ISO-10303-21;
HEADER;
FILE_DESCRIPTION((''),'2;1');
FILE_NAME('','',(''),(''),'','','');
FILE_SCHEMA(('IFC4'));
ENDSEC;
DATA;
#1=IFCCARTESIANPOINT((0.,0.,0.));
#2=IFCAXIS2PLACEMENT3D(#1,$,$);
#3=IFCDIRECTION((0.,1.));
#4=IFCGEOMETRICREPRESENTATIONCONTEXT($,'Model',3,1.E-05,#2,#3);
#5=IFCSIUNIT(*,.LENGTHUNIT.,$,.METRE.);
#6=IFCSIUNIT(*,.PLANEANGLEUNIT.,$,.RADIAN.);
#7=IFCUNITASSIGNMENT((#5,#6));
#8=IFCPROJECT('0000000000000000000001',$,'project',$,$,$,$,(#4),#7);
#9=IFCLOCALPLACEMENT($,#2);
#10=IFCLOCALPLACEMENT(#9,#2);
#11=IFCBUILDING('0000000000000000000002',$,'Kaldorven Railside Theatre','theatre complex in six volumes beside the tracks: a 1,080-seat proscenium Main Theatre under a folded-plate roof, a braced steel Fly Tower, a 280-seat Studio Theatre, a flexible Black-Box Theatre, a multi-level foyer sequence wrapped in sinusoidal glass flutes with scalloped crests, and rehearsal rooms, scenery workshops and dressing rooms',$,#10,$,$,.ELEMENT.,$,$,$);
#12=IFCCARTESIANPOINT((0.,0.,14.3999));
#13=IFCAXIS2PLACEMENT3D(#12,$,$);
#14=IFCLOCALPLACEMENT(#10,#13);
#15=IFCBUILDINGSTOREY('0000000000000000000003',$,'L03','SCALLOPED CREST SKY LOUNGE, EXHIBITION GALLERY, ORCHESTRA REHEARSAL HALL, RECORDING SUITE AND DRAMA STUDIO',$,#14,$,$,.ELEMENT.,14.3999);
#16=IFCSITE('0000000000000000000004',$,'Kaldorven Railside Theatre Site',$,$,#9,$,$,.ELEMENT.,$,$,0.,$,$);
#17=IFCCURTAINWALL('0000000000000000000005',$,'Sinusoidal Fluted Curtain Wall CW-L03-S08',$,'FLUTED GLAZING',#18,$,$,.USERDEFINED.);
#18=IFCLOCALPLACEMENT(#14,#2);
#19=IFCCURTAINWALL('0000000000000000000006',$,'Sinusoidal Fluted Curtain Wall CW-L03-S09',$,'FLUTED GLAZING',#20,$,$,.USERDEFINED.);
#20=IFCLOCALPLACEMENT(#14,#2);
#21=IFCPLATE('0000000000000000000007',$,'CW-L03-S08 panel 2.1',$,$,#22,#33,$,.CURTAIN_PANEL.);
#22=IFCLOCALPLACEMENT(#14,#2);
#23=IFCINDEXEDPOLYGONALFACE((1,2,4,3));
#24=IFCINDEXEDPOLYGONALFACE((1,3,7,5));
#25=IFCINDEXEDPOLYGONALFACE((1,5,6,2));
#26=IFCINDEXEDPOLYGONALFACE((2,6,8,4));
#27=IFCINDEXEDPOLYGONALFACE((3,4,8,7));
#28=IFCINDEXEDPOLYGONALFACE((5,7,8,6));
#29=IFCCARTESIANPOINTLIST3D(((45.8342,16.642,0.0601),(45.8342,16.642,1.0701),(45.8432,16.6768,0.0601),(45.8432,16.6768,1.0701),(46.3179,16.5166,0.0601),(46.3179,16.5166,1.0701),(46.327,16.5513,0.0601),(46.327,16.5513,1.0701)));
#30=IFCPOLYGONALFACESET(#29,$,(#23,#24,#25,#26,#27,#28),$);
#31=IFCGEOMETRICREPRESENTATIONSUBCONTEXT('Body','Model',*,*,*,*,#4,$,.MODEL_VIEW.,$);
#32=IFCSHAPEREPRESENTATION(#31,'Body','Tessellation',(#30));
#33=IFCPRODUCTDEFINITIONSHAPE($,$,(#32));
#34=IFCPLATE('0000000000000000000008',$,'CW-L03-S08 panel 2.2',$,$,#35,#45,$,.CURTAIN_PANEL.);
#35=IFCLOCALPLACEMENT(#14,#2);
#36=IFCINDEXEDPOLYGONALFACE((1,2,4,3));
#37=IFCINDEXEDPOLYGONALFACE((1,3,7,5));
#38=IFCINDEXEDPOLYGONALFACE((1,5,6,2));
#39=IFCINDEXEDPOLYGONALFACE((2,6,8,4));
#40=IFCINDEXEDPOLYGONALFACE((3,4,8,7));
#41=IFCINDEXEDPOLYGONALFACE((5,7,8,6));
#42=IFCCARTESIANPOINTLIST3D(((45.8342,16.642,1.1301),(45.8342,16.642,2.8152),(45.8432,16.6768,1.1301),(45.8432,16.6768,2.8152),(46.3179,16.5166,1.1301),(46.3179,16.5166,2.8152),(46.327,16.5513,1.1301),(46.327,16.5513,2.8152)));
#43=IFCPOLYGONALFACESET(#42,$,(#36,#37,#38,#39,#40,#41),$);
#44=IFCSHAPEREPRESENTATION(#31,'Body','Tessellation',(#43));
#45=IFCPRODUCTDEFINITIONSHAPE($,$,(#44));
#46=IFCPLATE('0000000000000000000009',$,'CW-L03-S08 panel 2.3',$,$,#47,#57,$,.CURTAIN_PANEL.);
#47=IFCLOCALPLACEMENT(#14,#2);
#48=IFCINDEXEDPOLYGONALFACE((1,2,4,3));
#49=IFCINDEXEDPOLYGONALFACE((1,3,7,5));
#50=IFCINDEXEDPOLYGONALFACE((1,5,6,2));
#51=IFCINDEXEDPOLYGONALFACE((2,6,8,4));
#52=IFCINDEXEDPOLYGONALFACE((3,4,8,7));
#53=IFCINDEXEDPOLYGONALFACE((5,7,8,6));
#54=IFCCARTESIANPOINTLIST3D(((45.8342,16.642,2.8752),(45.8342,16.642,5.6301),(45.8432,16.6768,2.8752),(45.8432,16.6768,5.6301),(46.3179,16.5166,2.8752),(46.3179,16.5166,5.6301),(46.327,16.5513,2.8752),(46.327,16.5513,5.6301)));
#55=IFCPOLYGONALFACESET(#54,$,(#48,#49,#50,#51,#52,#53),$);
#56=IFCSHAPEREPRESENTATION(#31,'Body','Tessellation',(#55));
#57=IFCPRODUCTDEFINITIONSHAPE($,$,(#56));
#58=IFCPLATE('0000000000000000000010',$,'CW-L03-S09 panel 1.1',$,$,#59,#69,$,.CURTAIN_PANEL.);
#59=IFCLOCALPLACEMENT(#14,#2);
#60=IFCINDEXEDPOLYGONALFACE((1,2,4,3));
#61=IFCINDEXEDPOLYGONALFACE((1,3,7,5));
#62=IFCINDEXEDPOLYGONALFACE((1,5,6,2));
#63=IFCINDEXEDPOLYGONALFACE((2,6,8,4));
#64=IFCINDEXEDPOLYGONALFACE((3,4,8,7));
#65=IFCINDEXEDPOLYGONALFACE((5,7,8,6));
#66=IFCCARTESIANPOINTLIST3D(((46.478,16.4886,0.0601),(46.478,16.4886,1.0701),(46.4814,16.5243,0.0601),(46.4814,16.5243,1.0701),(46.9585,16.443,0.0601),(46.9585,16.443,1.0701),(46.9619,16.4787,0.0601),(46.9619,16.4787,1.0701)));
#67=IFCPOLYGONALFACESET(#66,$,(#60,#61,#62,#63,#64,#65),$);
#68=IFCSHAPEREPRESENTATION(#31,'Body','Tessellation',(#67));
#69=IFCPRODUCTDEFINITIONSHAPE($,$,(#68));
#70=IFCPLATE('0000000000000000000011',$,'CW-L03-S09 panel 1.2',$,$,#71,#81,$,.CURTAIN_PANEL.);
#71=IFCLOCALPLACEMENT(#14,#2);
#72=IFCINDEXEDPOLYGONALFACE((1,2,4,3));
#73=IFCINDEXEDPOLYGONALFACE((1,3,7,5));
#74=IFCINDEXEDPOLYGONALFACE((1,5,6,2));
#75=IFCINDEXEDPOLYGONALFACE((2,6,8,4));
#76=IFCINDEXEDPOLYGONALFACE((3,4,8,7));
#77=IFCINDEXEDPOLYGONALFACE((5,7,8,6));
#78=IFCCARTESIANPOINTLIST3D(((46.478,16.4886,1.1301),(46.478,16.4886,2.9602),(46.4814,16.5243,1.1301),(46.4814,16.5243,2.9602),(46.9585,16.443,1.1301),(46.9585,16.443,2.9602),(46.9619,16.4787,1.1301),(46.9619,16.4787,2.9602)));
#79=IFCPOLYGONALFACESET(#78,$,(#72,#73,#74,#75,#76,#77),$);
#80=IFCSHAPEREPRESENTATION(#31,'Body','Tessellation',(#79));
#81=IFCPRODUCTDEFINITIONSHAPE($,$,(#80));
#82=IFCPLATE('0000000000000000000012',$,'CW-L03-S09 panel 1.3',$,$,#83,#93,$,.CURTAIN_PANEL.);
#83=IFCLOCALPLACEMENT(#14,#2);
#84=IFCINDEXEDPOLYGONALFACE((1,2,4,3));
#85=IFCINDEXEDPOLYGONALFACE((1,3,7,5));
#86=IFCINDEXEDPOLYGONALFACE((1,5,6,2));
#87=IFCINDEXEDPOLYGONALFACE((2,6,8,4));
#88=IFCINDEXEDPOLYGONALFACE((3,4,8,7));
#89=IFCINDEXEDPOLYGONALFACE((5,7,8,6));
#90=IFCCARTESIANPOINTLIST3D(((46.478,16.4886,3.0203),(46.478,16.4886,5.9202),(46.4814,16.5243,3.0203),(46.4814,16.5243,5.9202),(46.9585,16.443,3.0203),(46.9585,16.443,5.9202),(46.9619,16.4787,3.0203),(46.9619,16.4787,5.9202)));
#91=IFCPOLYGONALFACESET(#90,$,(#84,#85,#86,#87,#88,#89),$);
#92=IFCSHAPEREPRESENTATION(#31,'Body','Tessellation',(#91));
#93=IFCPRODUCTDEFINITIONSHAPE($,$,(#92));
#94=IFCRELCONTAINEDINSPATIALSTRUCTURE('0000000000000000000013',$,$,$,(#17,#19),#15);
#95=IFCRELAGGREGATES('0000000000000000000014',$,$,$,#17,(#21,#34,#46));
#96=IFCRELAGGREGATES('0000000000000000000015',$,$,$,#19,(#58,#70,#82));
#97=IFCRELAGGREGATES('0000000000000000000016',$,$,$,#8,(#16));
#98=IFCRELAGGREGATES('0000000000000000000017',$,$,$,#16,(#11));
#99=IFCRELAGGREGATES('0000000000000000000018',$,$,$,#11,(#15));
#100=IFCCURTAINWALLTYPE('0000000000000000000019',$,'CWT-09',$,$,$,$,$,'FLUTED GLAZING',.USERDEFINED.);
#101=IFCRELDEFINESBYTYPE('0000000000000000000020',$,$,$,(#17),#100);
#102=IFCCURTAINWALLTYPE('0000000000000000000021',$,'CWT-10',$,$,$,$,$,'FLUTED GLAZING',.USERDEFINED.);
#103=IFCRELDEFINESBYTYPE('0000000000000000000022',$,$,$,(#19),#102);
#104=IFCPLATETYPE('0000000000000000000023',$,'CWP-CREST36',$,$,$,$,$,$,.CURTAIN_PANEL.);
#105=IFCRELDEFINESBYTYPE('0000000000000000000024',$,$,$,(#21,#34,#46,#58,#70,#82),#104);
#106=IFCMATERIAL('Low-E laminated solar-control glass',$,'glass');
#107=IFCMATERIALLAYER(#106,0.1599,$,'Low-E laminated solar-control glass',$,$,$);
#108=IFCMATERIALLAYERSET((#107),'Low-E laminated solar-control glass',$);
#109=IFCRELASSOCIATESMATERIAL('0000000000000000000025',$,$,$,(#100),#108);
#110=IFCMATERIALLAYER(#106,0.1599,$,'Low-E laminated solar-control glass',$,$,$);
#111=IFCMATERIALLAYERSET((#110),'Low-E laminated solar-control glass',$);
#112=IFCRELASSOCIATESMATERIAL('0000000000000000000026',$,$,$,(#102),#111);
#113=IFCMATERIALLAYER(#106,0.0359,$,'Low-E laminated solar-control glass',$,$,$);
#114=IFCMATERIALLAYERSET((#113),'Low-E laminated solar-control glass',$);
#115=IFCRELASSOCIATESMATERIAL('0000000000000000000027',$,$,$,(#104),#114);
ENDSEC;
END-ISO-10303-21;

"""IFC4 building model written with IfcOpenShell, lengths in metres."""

from ifc_helpers import new_model, si_unit, direction, frame, origin, origin_2d, place, context, subcontext, project, spatial, rectangle, extrude, material, layer, layer_set, type_object, element, aggregate, save


model = new_model("IFC4")

# Units and contexts
model_context = context("Model", 3, precision=1e-05, world=origin(), true_north=direction((0.0, 1.0)))
body_context = subcontext(model_context, "Body", "Model", "MODEL_VIEW")
ifc_project = project(units=[si_unit("LENGTHUNIT", "METRE"), si_unit("PLANEANGLEUNIT", "RADIAN")], contexts=[model_context])

# Site, building, storey
site_placement = place(None, origin())
site = spatial("IfcSite", under=ifc_project, at=site_placement, Name="Kaldorven Railside Theatre Site", CompositionType="ELEMENT", RefElevation=0.0)
building_placement = place(site_placement, origin())
building = spatial("IfcBuilding", under=site, at=building_placement, Name="Kaldorven Railside Theatre", Description="theatre complex in six volumes beside the tracks: a 1,080-seat proscenium Main Theatre under a folded-plate roof, a braced steel Fly Tower, a 280-seat Studio Theatre, a flexible Black-Box Theatre, a multi-level foyer sequence wrapped in sinusoidal glass flutes with scalloped crests, and rehearsal rooms, scenery workshops and dressing rooms", CompositionType="ELEMENT")
storey_placement = place(building_placement, frame((0.0, 0.0, 14.3999)))
storey = spatial("IfcBuildingStorey", under=building, at=storey_placement, Name="L03", Description="SCALLOPED CREST SKY LOUNGE, EXHIBITION GALLERY, ORCHESTRA REHEARSAL HALL, RECORDING SUITE AND DRAMA STUDIO", CompositionType="ELEMENT", Elevation=14.3999)

# Curtain wall
ifc_material_1 = material(Name="Low-E laminated solar-control glass", Category="glass")
ifc_layer_1 = layer(ifc_material_1, 0.1599, Name="Low-E laminated solar-control glass")
ifc_layer_set_1 = layer_set([ifc_layer_1], Name="Low-E laminated solar-control glass")
curtain_wall_type_1 = type_object("IfcCurtainWallType", Name="CWT-09", ElementType="FLUTED GLAZING", PredefinedType="USERDEFINED", material=ifc_layer_set_1)
curtain_wall_1_placement = place(storey_placement, origin())
curtain_wall_1 = element("IfcCurtainWall", 1, at=curtain_wall_1_placement, inside=storey, type_object=curtain_wall_type_1, Name="Sinusoidal Fluted Curtain Wall CW-L03-S08", ObjectType="FLUTED GLAZING", PredefinedType="USERDEFINED")

# Curtain wall
ifc_layer_2 = layer(ifc_material_1, 0.1599, Name="Low-E laminated solar-control glass")
ifc_layer_set_2 = layer_set([ifc_layer_2], Name="Low-E laminated solar-control glass")
curtain_wall_type_2 = type_object("IfcCurtainWallType", Name="CWT-10", ElementType="FLUTED GLAZING", PredefinedType="USERDEFINED", material=ifc_layer_set_2)
curtain_wall_2_placement = place(storey_placement, origin())
curtain_wall_2 = element("IfcCurtainWall", 2, at=curtain_wall_2_placement, inside=storey, type_object=curtain_wall_type_2, Name="Sinusoidal Fluted Curtain Wall CW-L03-S09", ObjectType="FLUTED GLAZING", PredefinedType="USERDEFINED")

# Plates
ifc_layer_3 = layer(ifc_material_1, 0.0359, Name="Low-E laminated solar-control glass")
ifc_layer_set_3 = layer_set([ifc_layer_3], Name="Low-E laminated solar-control glass")
plate_type = type_object("IfcPlateType", Name="CWP-CREST36", PredefinedType="CURTAIN_PANEL", material=ifc_layer_set_3)
plate_1_placement = place(storey_placement, frame((46.0806, 16.5967, 0.0601), z_axis=(0.0, 0.0, 1.0), x_axis=(0.967999, -0.250954, 0.0)))
plate_1 = element("IfcPlate", 3, at=plate_1_placement, type_object=plate_type, Name="CW-L03-S08 panel 2.1", PredefinedType="CURTAIN_PANEL", context=body_context, shape_type="SweptSolid", body=[
    extrude(rectangle(XDim=0.4998, YDim=0.0359, at=origin_2d()), origin(), (0.0, 0.0, 1.0), 1.01),
])
plate_2_placement = place(storey_placement, frame((46.0806, 16.5967, 1.1301), z_axis=(0.0, 0.0, 1.0), x_axis=(0.967999, -0.250954, 0.0)))
plate_2 = element("IfcPlate", 4, at=plate_2_placement, type_object=plate_type, Name="CW-L03-S08 panel 2.2", PredefinedType="CURTAIN_PANEL", context=body_context, shape_type="SweptSolid", body=[
    extrude(rectangle(XDim=0.4998, YDim=0.0359, at=origin_2d()), origin(), (0.0, 0.0, 1.0), 1.6851),
])
plate_3_placement = place(storey_placement, frame((46.0806, 16.5967, 2.8752), z_axis=(0.0, 0.0, 1.0), x_axis=(0.967999, -0.250954, 0.0)))
plate_3 = element("IfcPlate", 5, at=plate_3_placement, type_object=plate_type, Name="CW-L03-S08 panel 2.3", PredefinedType="CURTAIN_PANEL", context=body_context, shape_type="SweptSolid", body=[
    extrude(rectangle(XDim=0.4998, YDim=0.0359, at=origin_2d()), origin(), (0.0, 0.0, 1.0), 2.7549),
])
aggregate(curtain_wall_1, [plate_1, plate_2, plate_3])
plate_4_placement = place(storey_placement, frame((46.72, 16.4836, 0.0601), z_axis=(0.0, 0.0, 1.0), x_axis=(0.995526, -0.094492, 0.0)))
plate_4 = element("IfcPlate", 6, at=plate_4_placement, type_object=plate_type, Name="CW-L03-S09 panel 1.1", PredefinedType="CURTAIN_PANEL", context=body_context, shape_type="SweptSolid", body=[
    extrude(rectangle(XDim=0.4827, YDim=0.0359, at=origin_2d()), origin(), (0.0, 0.0, 1.0), 1.01),
])
plate_5_placement = place(storey_placement, frame((46.72, 16.4836, 1.1301), z_axis=(0.0, 0.0, 1.0), x_axis=(0.995526, -0.094492, 0.0)))
plate_5 = element("IfcPlate", 7, at=plate_5_placement, type_object=plate_type, Name="CW-L03-S09 panel 1.2", PredefinedType="CURTAIN_PANEL", context=body_context, shape_type="SweptSolid", body=[
    extrude(rectangle(XDim=0.4827, YDim=0.0359, at=origin_2d()), origin(), (0.0, 0.0, 1.0), 1.8301),
])
plate_6_placement = place(storey_placement, frame((46.72, 16.4836, 3.0203), z_axis=(0.0, 0.0, 1.0), x_axis=(0.995526, -0.094492, 0.0)))
plate_6 = element("IfcPlate", 8, at=plate_6_placement, type_object=plate_type, Name="CW-L03-S09 panel 1.3", PredefinedType="CURTAIN_PANEL", context=body_context, shape_type="SweptSolid", body=[
    extrude(rectangle(XDim=0.4827, YDim=0.0359, at=origin_2d()), origin(), (0.0, 0.0, 1.0), 2.8999),
])
aggregate(curtain_wall_2, [plate_4, plate_5, plate_6])

save(model, "model.ifc")
